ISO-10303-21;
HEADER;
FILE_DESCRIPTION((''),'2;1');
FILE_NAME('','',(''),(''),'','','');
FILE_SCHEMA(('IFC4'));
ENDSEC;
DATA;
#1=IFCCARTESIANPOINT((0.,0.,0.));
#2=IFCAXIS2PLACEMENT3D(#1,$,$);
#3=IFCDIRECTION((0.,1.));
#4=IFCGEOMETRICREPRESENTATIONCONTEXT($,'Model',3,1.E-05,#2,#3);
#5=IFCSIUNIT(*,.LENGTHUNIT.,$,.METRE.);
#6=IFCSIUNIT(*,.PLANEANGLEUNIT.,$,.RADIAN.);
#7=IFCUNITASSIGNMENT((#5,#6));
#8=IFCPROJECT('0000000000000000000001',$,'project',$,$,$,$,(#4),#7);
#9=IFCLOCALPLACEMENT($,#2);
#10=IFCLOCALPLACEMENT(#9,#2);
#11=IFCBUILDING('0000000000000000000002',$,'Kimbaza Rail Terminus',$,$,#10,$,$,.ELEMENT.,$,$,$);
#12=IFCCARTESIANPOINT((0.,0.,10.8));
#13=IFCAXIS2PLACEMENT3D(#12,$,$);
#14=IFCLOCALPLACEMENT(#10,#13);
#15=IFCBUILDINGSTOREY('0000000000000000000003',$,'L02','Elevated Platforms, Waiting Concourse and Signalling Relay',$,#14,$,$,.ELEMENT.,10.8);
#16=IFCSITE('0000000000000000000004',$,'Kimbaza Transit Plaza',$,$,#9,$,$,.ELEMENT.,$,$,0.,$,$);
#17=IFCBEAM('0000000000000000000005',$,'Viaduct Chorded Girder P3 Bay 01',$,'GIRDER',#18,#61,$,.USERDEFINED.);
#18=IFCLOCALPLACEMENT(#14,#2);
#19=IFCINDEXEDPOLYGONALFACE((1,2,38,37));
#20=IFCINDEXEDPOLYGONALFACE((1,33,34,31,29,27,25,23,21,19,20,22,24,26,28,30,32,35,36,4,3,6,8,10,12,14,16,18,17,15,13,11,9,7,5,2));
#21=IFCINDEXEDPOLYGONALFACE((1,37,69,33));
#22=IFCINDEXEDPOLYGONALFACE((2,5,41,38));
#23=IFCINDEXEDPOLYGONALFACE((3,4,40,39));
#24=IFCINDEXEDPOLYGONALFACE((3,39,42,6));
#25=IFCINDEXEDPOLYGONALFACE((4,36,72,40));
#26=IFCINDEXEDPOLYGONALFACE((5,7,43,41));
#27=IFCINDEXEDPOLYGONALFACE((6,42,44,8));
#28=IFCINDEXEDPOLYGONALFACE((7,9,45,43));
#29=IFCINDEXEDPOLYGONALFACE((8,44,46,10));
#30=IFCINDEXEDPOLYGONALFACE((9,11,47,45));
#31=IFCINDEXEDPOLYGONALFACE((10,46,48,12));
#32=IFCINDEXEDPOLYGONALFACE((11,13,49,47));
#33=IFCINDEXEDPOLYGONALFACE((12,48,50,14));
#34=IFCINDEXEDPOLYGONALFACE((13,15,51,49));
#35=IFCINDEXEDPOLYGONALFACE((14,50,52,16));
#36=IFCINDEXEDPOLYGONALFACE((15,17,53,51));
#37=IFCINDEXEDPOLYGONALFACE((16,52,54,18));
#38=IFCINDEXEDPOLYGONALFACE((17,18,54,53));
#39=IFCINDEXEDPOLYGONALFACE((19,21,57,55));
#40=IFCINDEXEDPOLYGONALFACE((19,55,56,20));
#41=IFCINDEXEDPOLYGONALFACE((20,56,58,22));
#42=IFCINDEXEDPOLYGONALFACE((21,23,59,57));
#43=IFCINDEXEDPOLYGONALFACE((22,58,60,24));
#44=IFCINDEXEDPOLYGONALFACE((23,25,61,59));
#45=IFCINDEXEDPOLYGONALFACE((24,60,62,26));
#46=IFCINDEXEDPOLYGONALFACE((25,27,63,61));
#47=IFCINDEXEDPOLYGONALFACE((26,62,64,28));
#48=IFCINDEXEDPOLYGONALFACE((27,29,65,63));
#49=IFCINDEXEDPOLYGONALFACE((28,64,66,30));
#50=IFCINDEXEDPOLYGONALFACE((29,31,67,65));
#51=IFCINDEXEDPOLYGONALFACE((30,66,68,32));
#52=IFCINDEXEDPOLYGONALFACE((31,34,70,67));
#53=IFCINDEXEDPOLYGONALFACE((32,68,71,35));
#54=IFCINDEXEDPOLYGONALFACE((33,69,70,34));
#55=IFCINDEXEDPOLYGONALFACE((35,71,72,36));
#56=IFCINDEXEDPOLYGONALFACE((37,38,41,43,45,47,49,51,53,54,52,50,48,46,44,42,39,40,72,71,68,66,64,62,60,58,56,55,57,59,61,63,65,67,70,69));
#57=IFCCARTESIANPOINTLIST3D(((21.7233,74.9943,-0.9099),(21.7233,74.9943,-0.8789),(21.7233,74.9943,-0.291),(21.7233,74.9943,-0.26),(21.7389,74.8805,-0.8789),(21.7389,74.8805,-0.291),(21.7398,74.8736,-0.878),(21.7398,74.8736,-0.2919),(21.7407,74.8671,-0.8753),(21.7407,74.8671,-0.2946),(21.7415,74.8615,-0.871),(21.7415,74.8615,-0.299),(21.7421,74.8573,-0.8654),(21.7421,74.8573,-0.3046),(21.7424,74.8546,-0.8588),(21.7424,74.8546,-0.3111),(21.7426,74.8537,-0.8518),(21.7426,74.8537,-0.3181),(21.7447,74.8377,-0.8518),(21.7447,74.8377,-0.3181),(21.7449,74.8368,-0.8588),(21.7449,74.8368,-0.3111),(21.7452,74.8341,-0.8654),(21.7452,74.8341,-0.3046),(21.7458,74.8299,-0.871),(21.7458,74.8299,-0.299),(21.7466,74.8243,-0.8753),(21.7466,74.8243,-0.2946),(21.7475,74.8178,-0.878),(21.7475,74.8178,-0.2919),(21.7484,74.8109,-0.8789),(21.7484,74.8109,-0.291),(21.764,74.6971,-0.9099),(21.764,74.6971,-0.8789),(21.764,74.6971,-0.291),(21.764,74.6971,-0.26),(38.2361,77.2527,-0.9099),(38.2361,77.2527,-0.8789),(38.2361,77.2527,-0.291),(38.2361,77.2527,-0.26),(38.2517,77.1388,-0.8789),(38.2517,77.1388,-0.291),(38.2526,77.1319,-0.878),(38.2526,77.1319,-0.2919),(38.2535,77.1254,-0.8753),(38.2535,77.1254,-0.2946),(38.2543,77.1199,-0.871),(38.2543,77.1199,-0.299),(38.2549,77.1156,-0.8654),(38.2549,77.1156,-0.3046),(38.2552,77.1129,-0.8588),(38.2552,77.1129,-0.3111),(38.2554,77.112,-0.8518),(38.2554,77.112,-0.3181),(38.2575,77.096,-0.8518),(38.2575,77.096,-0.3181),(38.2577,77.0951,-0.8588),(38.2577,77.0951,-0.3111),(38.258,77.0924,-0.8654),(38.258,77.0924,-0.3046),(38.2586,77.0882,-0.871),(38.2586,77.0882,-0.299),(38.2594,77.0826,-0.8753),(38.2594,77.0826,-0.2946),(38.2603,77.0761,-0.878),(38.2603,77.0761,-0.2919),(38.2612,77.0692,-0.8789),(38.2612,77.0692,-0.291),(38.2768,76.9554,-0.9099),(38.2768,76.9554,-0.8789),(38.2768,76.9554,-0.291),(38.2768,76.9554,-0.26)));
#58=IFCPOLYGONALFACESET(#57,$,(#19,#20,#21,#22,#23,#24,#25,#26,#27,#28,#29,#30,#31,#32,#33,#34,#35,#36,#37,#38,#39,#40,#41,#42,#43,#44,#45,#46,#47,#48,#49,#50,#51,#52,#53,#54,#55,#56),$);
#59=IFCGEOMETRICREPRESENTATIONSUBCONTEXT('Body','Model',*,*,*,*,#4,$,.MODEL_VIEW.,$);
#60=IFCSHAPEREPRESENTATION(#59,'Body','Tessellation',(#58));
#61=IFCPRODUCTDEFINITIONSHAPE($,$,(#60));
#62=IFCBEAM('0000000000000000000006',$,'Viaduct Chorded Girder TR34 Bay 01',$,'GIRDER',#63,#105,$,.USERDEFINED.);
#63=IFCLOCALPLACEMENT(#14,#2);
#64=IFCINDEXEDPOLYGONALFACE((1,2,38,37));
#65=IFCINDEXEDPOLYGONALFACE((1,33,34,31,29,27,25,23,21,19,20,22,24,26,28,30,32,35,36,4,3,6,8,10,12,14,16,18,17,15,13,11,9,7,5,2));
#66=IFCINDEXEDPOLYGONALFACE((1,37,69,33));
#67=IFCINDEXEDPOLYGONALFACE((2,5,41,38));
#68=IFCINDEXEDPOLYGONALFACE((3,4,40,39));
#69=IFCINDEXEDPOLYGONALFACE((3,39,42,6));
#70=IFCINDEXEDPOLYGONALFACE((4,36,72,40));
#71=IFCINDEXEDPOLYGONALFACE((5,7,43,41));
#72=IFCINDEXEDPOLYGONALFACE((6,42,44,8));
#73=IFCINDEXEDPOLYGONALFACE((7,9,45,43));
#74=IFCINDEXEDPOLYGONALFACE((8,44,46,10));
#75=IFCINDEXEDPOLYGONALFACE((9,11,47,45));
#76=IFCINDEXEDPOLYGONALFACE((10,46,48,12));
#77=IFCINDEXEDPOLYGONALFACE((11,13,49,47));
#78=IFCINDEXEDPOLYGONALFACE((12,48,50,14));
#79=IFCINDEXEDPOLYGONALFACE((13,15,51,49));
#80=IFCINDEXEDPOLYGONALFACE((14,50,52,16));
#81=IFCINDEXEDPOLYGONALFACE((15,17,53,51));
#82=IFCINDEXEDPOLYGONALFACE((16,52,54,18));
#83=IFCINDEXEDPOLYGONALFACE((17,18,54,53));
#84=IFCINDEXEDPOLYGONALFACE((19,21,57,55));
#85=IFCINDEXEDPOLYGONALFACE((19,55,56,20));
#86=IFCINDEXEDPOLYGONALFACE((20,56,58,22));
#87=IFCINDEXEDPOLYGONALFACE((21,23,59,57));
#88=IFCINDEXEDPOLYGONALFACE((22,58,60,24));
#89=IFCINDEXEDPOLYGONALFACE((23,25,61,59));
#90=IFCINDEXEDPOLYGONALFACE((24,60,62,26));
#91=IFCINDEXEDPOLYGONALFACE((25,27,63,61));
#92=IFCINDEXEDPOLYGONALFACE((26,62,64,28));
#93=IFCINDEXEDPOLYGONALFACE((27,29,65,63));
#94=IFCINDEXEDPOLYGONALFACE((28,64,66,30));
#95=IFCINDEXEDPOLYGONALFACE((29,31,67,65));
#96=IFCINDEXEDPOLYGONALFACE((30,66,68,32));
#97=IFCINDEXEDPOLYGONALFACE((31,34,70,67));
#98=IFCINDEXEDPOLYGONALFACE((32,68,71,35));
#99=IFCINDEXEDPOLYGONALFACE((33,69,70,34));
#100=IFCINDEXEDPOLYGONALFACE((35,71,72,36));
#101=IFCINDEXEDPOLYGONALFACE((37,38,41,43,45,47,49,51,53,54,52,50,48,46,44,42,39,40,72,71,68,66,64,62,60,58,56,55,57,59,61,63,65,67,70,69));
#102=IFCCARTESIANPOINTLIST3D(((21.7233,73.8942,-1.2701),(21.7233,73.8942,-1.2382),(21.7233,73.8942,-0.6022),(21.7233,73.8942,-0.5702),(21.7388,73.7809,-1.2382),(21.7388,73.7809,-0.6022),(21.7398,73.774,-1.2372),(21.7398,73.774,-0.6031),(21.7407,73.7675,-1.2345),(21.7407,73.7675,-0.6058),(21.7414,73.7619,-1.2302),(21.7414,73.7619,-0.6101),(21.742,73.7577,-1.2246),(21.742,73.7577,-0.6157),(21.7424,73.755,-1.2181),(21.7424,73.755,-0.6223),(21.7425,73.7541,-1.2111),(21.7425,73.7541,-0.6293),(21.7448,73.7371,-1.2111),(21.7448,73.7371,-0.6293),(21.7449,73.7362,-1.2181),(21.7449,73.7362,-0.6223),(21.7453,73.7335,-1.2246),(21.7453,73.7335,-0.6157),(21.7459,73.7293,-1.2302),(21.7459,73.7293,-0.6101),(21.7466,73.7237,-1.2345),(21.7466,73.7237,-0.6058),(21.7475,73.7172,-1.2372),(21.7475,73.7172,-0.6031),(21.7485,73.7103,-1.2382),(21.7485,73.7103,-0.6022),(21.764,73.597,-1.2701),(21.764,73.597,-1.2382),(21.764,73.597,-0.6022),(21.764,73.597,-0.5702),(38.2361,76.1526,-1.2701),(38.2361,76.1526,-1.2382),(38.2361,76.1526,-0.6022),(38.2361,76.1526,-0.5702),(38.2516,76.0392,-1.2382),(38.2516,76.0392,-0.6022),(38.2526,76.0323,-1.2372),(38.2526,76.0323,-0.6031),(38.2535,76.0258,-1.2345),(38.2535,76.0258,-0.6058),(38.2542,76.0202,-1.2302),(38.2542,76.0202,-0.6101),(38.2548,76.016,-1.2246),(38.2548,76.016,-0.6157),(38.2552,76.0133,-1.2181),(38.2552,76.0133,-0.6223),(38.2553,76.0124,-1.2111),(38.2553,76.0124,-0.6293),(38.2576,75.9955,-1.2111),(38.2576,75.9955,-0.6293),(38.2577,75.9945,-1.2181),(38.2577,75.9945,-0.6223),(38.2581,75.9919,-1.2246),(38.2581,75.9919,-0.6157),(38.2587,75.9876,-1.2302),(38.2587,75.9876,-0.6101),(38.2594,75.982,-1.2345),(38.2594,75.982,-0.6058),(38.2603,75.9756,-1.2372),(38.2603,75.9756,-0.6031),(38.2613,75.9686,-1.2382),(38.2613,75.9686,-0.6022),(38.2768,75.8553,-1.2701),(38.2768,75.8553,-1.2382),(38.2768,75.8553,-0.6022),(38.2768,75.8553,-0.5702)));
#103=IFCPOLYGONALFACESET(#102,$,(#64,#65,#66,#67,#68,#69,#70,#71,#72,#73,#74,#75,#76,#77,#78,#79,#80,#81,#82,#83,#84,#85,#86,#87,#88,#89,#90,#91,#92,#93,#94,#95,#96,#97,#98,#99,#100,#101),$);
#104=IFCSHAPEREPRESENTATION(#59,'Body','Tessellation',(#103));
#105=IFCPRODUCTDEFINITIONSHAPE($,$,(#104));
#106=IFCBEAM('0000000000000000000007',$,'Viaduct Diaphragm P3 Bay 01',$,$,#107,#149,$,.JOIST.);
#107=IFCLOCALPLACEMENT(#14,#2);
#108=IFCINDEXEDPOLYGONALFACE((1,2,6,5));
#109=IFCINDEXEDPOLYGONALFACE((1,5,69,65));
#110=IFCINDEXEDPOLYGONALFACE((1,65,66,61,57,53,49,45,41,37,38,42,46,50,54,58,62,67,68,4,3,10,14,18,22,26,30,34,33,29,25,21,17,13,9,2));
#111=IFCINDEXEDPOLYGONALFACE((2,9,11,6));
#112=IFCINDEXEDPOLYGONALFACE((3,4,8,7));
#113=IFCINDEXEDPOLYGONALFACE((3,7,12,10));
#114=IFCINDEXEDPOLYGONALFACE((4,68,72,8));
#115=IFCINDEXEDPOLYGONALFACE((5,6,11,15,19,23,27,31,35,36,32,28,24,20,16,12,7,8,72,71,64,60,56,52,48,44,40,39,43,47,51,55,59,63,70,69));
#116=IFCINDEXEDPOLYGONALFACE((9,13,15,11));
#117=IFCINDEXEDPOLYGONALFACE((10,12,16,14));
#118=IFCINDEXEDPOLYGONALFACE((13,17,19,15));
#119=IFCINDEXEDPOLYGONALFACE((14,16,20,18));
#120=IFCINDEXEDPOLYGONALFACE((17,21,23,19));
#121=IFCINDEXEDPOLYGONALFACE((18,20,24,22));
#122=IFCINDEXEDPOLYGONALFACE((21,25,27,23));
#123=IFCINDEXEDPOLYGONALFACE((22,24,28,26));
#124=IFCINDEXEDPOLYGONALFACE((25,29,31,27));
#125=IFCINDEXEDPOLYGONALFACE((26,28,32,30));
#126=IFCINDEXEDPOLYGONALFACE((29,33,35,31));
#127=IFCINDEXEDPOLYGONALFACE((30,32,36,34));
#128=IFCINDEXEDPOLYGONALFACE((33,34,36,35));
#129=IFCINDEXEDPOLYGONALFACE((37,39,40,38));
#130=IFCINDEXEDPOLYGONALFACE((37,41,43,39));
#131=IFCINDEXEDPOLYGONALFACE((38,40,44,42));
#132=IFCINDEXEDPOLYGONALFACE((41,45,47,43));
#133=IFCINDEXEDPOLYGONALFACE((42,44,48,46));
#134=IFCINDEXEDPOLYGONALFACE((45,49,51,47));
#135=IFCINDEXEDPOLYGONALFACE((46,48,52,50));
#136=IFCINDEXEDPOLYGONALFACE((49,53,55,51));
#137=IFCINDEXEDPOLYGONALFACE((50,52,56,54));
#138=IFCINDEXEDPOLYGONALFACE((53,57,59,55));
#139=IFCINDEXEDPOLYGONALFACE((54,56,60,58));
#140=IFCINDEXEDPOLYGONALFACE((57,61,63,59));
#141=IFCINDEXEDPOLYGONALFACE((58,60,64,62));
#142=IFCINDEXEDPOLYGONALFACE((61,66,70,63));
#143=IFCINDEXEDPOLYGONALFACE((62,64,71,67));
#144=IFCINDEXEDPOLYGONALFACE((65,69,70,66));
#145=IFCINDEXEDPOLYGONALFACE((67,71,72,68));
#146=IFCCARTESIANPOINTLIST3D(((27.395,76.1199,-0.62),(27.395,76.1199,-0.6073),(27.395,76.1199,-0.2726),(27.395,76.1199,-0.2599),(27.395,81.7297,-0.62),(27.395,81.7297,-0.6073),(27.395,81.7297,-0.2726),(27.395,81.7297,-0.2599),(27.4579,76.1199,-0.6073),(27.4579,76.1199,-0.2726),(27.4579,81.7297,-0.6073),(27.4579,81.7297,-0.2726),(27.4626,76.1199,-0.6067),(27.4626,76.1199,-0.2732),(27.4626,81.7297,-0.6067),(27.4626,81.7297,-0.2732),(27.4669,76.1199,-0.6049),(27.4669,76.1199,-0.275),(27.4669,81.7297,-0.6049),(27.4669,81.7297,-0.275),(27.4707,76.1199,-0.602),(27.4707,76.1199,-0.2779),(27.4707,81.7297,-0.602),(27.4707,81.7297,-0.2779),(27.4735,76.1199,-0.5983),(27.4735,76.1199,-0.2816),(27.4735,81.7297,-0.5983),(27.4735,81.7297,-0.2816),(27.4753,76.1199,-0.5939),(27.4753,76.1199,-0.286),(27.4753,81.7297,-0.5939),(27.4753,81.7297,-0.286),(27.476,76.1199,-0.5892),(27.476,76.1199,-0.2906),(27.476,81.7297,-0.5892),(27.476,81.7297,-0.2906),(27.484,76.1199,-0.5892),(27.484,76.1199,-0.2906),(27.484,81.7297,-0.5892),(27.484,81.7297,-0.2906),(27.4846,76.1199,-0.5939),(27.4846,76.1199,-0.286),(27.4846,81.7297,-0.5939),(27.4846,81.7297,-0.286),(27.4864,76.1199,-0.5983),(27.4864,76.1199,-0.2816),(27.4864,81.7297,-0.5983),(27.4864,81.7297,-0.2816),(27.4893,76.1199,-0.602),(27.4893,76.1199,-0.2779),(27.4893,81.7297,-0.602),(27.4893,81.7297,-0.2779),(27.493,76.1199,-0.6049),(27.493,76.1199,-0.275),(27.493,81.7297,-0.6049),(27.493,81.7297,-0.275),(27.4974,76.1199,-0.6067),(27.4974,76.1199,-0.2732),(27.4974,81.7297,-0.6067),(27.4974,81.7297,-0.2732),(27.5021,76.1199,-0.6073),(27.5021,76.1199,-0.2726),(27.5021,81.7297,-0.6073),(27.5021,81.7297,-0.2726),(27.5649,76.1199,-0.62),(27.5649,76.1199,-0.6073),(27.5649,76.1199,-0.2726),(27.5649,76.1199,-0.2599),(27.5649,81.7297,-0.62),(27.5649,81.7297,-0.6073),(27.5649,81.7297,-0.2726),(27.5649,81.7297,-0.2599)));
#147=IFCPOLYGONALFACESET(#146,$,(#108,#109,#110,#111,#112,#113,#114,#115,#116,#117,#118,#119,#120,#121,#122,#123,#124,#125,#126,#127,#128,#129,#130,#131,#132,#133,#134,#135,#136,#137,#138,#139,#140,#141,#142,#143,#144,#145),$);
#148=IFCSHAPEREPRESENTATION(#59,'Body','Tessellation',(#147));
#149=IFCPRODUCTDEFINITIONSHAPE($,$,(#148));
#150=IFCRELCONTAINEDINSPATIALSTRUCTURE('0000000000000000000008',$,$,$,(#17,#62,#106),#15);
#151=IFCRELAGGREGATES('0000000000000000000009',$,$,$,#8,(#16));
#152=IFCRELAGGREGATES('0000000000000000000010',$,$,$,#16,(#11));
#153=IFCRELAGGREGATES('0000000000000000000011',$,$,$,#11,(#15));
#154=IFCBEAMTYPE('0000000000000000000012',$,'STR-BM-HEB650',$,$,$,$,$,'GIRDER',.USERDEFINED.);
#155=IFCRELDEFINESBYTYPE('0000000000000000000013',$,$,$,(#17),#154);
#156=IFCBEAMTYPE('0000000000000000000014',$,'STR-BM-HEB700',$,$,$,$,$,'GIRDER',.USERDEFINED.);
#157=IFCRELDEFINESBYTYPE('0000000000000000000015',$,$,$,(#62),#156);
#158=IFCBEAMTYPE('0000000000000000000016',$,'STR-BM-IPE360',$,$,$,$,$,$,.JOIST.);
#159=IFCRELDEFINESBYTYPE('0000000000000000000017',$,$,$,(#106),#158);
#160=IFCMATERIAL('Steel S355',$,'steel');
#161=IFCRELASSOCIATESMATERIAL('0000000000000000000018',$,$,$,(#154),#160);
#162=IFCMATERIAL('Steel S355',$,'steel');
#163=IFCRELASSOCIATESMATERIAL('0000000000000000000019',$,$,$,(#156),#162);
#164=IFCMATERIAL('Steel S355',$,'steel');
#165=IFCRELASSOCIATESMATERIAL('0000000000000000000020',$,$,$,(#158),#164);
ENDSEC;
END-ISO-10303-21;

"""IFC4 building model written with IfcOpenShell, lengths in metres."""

from ifc_helpers import new_model, si_unit, direction, frame, origin, origin_2d, place, context, subcontext, project, spatial, i_section, extrude, material, material_profile, profile_set, type_object, element, save


model = new_model("IFC4")

# Units and contexts
model_context = context("Model", 3, precision=1e-05, world=origin(), true_north=direction((0.0, 1.0)))
body_context = subcontext(model_context, "Body", "Model", "MODEL_VIEW")
ifc_project = project(units=[si_unit("LENGTHUNIT", "METRE"), si_unit("PLANEANGLEUNIT", "RADIAN")], contexts=[model_context])

# Site, building, storey
site_placement = place(None, origin())
site = spatial("IfcSite", under=ifc_project, at=site_placement, Name="Kimbaza Transit Plaza", CompositionType="ELEMENT", RefElevation=0.0)
building_placement = place(site_placement, origin())
building = spatial("IfcBuilding", under=site, at=building_placement, Name="Kimbaza Rail Terminus", CompositionType="ELEMENT")
storey_placement = place(building_placement, frame((0.0, 0.0, 10.8)))
storey = spatial("IfcBuildingStorey", under=building, at=storey_placement, Name="L02", Description="Elevated Platforms, Waiting Concourse and Signalling Relay", CompositionType="ELEMENT", Elevation=10.8)

# Beams
ifc_material_1 = material(Name="Steel S355", Category="steel")
ifc_material_profile_1 = material_profile(ifc_material_1, i_section(OverallWidth=0.3, OverallDepth=0.6499, WebThickness=0.0161, FlangeThickness=0.031, FilletRadius=0.0271, at=origin_2d()), Name="HEB 650")
ifc_profile_set_1 = profile_set([ifc_material_profile_1], Name="Steel S355")
beam_type_1 = type_object("IfcBeamType", Name="STR-BM-HEB650", ElementType="GIRDER", PredefinedType="USERDEFINED", material=ifc_profile_set_1)
beam_1_placement = place(storey_placement, frame((21.7437, 74.8457, -0.585), z_axis=(0.990777, 0.1355, 0.0), x_axis=(-0.1355, 0.990777, 0.0)))
element("IfcBeam", 1, at=beam_1_placement, inside=storey, type_object=beam_type_1, Name="Viaduct Chorded Girder P3 Bay 01", ObjectType="GIRDER", PredefinedType="USERDEFINED", context=body_context, shape_type="SweptSolid", body=[
    extrude(i_section(OverallWidth=0.3, OverallDepth=0.6499, WebThickness=0.0161, FlangeThickness=0.031, FilletRadius=0.0271, at=origin_2d()), origin(), (0.0, 0.0, 1.0), 16.6665),
])
ifc_material_2 = material(Name="Steel S355", Category="steel")
ifc_material_profile_2 = material_profile(ifc_material_2, i_section(OverallWidth=0.3, OverallDepth=0.7, WebThickness=0.0171, FlangeThickness=0.032, FilletRadius=0.0271, at=origin_2d()), Name="HEB 700")
ifc_profile_set_2 = profile_set([ifc_material_profile_2], Name="Steel S355")
beam_type_2 = type_object("IfcBeamType", Name="STR-BM-HEB700", ElementType="GIRDER", PredefinedType="USERDEFINED", material=ifc_profile_set_2)
beam_2_placement = place(storey_placement, frame((21.7437, 73.7456, -0.9202), z_axis=(0.990777, 0.1355, 0.0), x_axis=(-0.1355, 0.990777, 0.0)))
element("IfcBeam", 2, at=beam_2_placement, inside=storey, type_object=beam_type_2, Name="Viaduct Chorded Girder TR34 Bay 01", ObjectType="GIRDER", PredefinedType="USERDEFINED", context=body_context, shape_type="SweptSolid", body=[
    extrude(i_section(OverallWidth=0.3, OverallDepth=0.7, WebThickness=0.0171, FlangeThickness=0.032, FilletRadius=0.0271, at=origin_2d()), origin(), (0.0, 0.0, 1.0), 16.6665),
])
ifc_material_3 = material(Name="Steel S355", Category="steel")
ifc_material_profile_3 = material_profile(ifc_material_3, i_section(OverallWidth=0.1699, OverallDepth=0.3601, WebThickness=0.0081, FlangeThickness=0.0127, FilletRadius=0.0181, at=origin_2d()), Name="IPE 360")
ifc_profile_set_3 = profile_set([ifc_material_profile_3], Name="Steel S355")
beam_type_3 = type_object("IfcBeamType", Name="STR-BM-IPE360", PredefinedType="JOIST", material=ifc_profile_set_3)
beam_3_placement = place(storey_placement, frame((27.48, 76.1199, -0.4399), z_axis=(0.0, 1.0, 0.0), x_axis=(-1.0, 0.0, 0.0)))
element("IfcBeam", 3, at=beam_3_placement, inside=storey, type_object=beam_type_3, Name="Viaduct Diaphragm P3 Bay 01", PredefinedType="JOIST", context=body_context, shape_type="SweptSolid", body=[
    extrude(i_section(OverallWidth=0.1699, OverallDepth=0.3601, WebThickness=0.0081, FlangeThickness=0.0127, FilletRadius=0.0181, at=origin_2d()), origin(), (0.0, 0.0, 1.0), 5.6099),
])

save(model, "model.ifc")
